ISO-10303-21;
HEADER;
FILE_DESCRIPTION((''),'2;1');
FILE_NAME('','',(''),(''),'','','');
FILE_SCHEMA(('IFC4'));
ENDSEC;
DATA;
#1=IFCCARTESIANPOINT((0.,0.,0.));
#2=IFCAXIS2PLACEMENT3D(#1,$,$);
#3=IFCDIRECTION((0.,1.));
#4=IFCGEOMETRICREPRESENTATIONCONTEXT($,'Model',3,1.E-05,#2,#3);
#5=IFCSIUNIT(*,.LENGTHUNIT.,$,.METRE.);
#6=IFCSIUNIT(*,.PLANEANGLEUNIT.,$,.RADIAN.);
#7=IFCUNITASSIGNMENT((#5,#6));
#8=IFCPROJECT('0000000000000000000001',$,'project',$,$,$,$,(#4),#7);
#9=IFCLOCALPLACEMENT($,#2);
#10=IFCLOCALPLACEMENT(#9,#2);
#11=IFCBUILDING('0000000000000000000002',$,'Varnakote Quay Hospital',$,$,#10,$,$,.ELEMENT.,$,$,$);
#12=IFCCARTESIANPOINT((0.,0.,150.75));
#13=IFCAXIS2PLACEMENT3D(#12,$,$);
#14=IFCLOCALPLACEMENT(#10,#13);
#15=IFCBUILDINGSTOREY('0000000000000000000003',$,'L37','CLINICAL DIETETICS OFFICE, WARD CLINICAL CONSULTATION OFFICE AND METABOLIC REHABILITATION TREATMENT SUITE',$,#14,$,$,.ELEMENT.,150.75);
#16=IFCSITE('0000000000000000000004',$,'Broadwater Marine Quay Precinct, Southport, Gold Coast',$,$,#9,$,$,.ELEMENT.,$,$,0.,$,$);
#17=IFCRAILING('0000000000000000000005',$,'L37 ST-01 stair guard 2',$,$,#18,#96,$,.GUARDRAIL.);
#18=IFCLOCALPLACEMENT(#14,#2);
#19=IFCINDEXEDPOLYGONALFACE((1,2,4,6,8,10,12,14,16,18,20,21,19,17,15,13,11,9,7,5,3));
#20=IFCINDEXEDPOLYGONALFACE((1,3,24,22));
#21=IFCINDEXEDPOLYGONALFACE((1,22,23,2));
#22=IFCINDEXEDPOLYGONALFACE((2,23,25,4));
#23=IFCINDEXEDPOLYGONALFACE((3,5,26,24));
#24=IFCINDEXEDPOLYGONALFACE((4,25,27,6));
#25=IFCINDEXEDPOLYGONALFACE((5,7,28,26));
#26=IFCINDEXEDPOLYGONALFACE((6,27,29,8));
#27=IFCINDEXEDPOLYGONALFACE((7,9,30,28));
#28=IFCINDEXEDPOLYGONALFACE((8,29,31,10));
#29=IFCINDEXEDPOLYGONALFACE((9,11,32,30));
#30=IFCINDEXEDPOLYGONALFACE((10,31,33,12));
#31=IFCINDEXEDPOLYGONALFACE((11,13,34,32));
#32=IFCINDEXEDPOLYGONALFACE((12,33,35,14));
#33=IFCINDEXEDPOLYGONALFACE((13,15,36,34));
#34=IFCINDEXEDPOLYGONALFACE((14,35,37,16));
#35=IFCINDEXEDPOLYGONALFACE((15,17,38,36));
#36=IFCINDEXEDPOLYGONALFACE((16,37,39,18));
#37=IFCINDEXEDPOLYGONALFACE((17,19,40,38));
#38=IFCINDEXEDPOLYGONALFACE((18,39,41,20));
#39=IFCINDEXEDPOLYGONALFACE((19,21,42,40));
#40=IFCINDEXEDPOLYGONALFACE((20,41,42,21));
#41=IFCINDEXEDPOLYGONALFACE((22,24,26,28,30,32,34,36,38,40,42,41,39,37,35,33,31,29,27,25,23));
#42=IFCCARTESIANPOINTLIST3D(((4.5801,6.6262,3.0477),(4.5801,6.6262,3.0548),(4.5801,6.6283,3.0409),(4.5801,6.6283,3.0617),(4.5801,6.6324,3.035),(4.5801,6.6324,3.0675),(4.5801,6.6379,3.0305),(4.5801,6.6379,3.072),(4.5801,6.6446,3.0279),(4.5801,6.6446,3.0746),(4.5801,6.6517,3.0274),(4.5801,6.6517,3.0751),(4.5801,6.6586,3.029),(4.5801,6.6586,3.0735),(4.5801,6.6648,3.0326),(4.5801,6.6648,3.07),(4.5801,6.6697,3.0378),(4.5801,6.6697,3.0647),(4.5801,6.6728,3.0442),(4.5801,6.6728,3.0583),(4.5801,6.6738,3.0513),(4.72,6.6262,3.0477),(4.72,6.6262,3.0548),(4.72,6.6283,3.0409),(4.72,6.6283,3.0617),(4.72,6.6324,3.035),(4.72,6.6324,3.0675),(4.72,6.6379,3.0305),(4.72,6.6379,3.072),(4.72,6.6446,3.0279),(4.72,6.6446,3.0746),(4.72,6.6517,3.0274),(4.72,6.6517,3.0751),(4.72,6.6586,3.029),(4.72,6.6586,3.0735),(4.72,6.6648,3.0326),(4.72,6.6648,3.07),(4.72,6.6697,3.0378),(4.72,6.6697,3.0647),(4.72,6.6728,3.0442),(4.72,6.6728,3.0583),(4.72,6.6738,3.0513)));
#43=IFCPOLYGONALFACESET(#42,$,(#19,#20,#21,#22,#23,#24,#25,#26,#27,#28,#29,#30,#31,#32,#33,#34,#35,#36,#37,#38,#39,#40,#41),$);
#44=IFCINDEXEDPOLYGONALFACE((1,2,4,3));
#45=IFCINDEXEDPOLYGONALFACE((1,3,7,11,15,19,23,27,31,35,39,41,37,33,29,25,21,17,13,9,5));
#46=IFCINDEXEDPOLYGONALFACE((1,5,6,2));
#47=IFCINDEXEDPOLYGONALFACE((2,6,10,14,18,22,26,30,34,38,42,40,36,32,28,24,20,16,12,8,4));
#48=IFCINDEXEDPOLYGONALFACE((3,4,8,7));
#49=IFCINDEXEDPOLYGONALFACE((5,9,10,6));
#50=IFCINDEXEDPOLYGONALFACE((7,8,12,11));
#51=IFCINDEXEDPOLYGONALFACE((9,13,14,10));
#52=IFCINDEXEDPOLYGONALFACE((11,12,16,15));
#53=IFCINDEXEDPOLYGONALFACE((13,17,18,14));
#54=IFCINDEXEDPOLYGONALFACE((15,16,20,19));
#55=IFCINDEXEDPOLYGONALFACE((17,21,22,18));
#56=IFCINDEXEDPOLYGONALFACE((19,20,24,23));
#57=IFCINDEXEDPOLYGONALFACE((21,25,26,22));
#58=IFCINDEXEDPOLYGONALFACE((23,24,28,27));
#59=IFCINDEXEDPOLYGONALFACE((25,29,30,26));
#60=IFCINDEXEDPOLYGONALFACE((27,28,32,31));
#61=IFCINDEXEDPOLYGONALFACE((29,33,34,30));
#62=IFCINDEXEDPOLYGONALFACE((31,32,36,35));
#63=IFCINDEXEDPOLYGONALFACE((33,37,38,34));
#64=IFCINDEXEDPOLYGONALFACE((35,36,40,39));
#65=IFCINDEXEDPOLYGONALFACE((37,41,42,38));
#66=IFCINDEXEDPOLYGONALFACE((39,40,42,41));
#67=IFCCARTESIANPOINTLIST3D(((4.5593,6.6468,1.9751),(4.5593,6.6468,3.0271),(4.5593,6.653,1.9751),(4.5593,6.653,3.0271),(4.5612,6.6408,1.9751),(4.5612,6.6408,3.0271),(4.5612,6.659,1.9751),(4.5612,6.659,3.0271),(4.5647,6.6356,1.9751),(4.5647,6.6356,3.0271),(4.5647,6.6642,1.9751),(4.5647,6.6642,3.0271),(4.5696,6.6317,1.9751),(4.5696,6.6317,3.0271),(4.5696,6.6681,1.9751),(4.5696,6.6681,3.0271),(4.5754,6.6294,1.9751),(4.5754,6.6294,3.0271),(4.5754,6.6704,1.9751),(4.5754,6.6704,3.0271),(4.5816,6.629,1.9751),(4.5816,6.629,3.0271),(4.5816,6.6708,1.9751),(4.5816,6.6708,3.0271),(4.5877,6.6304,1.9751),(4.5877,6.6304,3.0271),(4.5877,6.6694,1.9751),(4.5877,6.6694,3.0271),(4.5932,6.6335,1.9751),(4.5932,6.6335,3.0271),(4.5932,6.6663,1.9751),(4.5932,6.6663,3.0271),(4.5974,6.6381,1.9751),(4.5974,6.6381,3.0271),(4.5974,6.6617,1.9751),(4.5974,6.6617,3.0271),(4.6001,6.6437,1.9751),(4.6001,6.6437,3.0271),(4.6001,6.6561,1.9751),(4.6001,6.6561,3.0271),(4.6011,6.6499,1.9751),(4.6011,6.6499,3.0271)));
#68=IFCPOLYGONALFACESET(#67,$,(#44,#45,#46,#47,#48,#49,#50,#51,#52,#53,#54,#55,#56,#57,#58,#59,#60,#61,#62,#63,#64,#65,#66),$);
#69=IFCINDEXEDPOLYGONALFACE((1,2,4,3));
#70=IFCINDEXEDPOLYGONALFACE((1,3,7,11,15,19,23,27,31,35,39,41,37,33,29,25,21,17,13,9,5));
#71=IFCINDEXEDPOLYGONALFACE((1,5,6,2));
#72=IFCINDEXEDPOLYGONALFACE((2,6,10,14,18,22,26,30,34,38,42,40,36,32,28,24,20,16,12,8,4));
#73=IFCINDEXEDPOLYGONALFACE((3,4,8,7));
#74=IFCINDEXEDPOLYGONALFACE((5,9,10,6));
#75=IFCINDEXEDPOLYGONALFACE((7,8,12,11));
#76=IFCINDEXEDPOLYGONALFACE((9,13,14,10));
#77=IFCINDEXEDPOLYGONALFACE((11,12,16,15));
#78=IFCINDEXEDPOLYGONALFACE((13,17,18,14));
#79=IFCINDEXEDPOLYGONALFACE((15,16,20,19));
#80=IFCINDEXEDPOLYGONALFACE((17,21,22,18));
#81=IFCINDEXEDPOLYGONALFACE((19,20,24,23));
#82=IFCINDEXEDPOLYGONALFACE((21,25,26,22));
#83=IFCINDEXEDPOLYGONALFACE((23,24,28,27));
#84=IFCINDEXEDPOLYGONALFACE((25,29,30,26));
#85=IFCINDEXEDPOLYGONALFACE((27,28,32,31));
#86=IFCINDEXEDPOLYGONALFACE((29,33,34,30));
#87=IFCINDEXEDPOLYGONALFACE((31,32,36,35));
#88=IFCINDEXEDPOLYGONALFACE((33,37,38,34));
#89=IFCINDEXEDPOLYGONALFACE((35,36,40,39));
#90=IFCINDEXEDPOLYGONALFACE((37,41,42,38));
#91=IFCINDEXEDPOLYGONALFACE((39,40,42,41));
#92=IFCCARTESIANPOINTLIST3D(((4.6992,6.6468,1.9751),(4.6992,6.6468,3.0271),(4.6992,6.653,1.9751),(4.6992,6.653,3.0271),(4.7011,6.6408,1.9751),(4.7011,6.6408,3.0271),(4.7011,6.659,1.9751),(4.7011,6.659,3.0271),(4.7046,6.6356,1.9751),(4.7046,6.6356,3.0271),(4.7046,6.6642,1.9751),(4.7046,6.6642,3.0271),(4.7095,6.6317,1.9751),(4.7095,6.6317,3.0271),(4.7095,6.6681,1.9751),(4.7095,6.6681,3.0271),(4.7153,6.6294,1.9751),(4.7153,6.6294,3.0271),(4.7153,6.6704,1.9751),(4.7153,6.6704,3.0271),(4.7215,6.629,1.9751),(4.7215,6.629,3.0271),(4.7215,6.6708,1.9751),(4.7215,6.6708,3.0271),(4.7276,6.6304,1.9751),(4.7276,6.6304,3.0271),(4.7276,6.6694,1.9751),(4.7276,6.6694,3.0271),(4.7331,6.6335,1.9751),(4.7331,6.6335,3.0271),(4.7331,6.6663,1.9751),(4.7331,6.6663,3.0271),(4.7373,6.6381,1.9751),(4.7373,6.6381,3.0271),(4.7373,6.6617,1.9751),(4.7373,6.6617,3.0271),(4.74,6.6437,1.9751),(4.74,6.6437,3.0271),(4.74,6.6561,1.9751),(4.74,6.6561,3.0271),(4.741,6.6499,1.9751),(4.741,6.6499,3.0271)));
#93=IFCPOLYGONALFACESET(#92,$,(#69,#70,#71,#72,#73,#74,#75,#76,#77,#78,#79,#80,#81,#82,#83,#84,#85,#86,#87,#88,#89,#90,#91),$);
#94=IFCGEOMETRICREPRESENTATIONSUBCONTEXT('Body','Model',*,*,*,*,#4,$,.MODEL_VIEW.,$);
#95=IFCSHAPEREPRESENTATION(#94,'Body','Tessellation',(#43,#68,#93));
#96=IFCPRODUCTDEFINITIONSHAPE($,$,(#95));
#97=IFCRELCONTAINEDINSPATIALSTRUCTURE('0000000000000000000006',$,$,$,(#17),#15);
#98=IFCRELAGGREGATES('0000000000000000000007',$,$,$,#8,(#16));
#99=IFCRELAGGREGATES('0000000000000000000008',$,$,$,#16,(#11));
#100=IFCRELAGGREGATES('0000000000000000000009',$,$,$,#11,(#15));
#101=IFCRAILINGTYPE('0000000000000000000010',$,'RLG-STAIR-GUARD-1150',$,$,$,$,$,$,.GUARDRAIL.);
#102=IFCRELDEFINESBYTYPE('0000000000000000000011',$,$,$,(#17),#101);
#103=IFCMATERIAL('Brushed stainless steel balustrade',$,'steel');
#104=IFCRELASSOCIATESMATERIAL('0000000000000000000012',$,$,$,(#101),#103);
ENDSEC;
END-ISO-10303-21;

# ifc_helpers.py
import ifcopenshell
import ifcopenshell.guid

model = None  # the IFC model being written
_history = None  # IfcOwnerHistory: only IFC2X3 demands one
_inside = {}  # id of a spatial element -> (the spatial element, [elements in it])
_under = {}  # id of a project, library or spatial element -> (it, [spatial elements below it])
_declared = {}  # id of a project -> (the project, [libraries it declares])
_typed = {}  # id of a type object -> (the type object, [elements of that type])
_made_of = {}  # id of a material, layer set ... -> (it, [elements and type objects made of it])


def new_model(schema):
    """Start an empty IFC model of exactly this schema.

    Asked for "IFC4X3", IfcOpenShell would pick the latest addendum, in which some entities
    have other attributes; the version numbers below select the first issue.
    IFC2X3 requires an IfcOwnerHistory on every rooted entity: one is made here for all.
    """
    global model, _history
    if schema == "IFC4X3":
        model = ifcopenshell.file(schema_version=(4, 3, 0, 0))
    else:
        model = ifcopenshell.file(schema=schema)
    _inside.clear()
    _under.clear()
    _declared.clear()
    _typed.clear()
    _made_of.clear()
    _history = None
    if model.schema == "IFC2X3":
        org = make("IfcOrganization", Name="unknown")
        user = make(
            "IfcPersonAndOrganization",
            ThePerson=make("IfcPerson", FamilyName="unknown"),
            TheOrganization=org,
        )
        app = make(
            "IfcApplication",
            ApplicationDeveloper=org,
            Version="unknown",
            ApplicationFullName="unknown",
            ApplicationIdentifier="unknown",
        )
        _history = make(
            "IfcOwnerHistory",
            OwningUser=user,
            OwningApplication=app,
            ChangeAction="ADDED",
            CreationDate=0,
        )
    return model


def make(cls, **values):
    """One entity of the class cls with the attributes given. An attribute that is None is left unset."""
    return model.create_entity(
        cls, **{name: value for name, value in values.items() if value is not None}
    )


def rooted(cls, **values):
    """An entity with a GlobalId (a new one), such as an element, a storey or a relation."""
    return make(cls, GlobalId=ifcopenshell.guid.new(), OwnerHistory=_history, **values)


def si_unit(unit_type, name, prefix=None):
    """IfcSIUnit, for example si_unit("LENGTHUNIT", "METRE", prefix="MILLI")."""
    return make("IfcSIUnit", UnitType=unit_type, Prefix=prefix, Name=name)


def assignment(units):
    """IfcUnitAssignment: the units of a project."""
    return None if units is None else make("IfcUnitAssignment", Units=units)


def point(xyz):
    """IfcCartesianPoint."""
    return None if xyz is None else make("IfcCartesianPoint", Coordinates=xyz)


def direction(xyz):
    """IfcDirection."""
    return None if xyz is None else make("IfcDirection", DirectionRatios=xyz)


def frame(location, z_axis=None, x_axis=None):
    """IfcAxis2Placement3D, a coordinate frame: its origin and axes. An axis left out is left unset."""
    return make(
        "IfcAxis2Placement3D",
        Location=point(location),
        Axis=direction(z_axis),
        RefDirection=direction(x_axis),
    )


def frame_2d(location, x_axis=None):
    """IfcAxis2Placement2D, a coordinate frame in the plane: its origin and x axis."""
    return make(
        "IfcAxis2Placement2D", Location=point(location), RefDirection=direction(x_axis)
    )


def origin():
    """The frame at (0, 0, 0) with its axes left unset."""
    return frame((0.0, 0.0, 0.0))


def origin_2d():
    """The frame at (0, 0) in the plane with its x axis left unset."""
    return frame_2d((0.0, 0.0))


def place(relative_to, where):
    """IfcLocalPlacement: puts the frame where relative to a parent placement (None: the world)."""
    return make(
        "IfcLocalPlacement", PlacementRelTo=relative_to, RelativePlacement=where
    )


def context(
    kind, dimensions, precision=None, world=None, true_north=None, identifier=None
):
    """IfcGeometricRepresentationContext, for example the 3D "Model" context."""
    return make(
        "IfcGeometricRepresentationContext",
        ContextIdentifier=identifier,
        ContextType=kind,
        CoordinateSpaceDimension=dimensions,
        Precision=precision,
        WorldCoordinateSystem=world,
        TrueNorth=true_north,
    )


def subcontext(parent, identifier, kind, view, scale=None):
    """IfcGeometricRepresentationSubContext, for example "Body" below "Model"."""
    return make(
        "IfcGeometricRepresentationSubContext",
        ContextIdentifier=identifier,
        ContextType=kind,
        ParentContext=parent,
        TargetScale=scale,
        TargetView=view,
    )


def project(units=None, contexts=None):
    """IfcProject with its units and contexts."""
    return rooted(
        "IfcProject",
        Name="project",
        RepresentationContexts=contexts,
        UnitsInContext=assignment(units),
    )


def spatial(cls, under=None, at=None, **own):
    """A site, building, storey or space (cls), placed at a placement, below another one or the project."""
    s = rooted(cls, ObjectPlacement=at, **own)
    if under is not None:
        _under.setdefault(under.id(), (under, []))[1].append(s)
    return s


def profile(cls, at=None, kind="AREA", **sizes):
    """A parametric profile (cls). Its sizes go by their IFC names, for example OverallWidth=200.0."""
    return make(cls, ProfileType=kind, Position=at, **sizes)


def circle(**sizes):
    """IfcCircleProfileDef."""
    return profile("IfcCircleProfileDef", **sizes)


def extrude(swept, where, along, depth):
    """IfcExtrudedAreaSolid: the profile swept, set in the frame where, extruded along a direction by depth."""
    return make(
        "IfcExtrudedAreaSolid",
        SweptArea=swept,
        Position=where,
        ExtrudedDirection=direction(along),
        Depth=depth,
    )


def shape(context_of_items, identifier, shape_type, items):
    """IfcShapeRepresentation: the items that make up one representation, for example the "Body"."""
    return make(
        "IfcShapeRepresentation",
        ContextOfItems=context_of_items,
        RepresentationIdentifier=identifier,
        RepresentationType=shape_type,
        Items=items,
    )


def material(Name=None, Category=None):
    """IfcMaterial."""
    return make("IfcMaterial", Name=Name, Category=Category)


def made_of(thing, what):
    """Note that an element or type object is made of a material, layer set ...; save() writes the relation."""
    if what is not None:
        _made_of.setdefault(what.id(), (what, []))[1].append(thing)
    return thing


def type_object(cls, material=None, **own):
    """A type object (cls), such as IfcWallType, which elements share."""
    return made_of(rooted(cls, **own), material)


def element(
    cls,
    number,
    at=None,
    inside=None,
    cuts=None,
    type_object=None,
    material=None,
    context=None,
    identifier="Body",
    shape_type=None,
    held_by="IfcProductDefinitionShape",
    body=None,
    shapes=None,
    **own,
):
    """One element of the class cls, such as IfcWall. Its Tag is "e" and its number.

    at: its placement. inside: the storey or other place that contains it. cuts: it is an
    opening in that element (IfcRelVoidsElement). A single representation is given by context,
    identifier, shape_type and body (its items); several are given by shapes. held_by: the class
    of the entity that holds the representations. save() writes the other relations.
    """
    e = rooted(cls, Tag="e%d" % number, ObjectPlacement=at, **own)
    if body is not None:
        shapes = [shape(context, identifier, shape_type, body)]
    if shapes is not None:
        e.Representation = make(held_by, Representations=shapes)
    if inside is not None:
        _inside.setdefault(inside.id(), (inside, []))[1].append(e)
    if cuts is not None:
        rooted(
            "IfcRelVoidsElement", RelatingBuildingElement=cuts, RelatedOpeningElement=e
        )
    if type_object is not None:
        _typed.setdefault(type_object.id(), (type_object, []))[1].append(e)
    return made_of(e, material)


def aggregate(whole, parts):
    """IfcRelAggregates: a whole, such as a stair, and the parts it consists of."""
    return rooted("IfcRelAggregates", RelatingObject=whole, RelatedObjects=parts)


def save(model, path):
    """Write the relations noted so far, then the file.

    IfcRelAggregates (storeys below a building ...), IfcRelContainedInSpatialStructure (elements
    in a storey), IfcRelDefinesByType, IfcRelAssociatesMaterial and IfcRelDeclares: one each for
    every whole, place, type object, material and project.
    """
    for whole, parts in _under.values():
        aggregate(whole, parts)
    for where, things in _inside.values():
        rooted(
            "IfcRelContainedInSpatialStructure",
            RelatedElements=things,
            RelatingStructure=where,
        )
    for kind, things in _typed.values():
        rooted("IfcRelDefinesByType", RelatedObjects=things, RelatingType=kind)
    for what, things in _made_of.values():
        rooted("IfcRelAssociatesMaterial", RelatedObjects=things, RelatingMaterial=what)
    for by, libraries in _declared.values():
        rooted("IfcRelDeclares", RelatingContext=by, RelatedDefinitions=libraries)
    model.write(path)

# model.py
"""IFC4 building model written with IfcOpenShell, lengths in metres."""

from ifc_helpers import new_model, si_unit, direction, frame, origin, origin_2d, place, context, subcontext, project, spatial, circle, extrude, material, type_object, element, save


model = new_model("IFC4")

# Units and contexts
model_context = context("Model", 3, precision=1e-05, world=origin(), true_north=direction((0.0, 1.0)))
body_context = subcontext(model_context, "Body", "Model", "MODEL_VIEW")
ifc_project = project(units=[si_unit("LENGTHUNIT", "METRE"), si_unit("PLANEANGLEUNIT", "RADIAN")], contexts=[model_context])

# Site, building, storey
site_placement = place(None, origin())
site = spatial("IfcSite", under=ifc_project, at=site_placement, Name="Broadwater Marine Quay Precinct, Southport, Gold Coast", CompositionType="ELEMENT", RefElevation=0.0)
building_placement = place(site_placement, origin())
building = spatial("IfcBuilding", under=site, at=building_placement, Name="Varnakote Quay Hospital", CompositionType="ELEMENT")
storey_placement = place(building_placement, frame((0.0, 0.0, 150.75)))
storey = spatial("IfcBuildingStorey", under=building, at=storey_placement, Name="L37", Description="CLINICAL DIETETICS OFFICE, WARD CLINICAL CONSULTATION OFFICE AND METABOLIC REHABILITATION TREATMENT SUITE", CompositionType="ELEMENT", Elevation=150.75)

# Railing
ifc_material_1 = material(Name="Brushed stainless steel balustrade", Category="steel")
railing_type_1 = type_object("IfcRailingType", Name="RLG-STAIR-GUARD-1150", PredefinedType="GUARDRAIL", material=ifc_material_1)
railing_1_placement = place(storey_placement, frame((4.5801, 6.6499, 1.9751)))
element("IfcRailing", 1, at=railing_1_placement, inside=storey, type_object=railing_type_1, Name="L37 ST-01 stair guard 2", PredefinedType="GUARDRAIL", context=body_context, shape_type="SweptSolid", body=[
    extrude(circle(Radius=0.0239, at=origin_2d()), frame((0.0, 0.0, 1.0762), z_axis=(1.0, 0.0, 0.0), x_axis=(0.0, 1.0, 0.0)), (0.0, 0.0, 1.0), 0.1399),
    extrude(circle(Radius=0.021, at=origin_2d()), origin(), (0.0, 0.0, 1.0), 1.052),
    extrude(circle(Radius=0.021, at=origin_2d()), frame((0.1399, 0.0, 0.0)), (0.0, 0.0, 1.0), 1.052),
])

save(model, "model.ifc")
